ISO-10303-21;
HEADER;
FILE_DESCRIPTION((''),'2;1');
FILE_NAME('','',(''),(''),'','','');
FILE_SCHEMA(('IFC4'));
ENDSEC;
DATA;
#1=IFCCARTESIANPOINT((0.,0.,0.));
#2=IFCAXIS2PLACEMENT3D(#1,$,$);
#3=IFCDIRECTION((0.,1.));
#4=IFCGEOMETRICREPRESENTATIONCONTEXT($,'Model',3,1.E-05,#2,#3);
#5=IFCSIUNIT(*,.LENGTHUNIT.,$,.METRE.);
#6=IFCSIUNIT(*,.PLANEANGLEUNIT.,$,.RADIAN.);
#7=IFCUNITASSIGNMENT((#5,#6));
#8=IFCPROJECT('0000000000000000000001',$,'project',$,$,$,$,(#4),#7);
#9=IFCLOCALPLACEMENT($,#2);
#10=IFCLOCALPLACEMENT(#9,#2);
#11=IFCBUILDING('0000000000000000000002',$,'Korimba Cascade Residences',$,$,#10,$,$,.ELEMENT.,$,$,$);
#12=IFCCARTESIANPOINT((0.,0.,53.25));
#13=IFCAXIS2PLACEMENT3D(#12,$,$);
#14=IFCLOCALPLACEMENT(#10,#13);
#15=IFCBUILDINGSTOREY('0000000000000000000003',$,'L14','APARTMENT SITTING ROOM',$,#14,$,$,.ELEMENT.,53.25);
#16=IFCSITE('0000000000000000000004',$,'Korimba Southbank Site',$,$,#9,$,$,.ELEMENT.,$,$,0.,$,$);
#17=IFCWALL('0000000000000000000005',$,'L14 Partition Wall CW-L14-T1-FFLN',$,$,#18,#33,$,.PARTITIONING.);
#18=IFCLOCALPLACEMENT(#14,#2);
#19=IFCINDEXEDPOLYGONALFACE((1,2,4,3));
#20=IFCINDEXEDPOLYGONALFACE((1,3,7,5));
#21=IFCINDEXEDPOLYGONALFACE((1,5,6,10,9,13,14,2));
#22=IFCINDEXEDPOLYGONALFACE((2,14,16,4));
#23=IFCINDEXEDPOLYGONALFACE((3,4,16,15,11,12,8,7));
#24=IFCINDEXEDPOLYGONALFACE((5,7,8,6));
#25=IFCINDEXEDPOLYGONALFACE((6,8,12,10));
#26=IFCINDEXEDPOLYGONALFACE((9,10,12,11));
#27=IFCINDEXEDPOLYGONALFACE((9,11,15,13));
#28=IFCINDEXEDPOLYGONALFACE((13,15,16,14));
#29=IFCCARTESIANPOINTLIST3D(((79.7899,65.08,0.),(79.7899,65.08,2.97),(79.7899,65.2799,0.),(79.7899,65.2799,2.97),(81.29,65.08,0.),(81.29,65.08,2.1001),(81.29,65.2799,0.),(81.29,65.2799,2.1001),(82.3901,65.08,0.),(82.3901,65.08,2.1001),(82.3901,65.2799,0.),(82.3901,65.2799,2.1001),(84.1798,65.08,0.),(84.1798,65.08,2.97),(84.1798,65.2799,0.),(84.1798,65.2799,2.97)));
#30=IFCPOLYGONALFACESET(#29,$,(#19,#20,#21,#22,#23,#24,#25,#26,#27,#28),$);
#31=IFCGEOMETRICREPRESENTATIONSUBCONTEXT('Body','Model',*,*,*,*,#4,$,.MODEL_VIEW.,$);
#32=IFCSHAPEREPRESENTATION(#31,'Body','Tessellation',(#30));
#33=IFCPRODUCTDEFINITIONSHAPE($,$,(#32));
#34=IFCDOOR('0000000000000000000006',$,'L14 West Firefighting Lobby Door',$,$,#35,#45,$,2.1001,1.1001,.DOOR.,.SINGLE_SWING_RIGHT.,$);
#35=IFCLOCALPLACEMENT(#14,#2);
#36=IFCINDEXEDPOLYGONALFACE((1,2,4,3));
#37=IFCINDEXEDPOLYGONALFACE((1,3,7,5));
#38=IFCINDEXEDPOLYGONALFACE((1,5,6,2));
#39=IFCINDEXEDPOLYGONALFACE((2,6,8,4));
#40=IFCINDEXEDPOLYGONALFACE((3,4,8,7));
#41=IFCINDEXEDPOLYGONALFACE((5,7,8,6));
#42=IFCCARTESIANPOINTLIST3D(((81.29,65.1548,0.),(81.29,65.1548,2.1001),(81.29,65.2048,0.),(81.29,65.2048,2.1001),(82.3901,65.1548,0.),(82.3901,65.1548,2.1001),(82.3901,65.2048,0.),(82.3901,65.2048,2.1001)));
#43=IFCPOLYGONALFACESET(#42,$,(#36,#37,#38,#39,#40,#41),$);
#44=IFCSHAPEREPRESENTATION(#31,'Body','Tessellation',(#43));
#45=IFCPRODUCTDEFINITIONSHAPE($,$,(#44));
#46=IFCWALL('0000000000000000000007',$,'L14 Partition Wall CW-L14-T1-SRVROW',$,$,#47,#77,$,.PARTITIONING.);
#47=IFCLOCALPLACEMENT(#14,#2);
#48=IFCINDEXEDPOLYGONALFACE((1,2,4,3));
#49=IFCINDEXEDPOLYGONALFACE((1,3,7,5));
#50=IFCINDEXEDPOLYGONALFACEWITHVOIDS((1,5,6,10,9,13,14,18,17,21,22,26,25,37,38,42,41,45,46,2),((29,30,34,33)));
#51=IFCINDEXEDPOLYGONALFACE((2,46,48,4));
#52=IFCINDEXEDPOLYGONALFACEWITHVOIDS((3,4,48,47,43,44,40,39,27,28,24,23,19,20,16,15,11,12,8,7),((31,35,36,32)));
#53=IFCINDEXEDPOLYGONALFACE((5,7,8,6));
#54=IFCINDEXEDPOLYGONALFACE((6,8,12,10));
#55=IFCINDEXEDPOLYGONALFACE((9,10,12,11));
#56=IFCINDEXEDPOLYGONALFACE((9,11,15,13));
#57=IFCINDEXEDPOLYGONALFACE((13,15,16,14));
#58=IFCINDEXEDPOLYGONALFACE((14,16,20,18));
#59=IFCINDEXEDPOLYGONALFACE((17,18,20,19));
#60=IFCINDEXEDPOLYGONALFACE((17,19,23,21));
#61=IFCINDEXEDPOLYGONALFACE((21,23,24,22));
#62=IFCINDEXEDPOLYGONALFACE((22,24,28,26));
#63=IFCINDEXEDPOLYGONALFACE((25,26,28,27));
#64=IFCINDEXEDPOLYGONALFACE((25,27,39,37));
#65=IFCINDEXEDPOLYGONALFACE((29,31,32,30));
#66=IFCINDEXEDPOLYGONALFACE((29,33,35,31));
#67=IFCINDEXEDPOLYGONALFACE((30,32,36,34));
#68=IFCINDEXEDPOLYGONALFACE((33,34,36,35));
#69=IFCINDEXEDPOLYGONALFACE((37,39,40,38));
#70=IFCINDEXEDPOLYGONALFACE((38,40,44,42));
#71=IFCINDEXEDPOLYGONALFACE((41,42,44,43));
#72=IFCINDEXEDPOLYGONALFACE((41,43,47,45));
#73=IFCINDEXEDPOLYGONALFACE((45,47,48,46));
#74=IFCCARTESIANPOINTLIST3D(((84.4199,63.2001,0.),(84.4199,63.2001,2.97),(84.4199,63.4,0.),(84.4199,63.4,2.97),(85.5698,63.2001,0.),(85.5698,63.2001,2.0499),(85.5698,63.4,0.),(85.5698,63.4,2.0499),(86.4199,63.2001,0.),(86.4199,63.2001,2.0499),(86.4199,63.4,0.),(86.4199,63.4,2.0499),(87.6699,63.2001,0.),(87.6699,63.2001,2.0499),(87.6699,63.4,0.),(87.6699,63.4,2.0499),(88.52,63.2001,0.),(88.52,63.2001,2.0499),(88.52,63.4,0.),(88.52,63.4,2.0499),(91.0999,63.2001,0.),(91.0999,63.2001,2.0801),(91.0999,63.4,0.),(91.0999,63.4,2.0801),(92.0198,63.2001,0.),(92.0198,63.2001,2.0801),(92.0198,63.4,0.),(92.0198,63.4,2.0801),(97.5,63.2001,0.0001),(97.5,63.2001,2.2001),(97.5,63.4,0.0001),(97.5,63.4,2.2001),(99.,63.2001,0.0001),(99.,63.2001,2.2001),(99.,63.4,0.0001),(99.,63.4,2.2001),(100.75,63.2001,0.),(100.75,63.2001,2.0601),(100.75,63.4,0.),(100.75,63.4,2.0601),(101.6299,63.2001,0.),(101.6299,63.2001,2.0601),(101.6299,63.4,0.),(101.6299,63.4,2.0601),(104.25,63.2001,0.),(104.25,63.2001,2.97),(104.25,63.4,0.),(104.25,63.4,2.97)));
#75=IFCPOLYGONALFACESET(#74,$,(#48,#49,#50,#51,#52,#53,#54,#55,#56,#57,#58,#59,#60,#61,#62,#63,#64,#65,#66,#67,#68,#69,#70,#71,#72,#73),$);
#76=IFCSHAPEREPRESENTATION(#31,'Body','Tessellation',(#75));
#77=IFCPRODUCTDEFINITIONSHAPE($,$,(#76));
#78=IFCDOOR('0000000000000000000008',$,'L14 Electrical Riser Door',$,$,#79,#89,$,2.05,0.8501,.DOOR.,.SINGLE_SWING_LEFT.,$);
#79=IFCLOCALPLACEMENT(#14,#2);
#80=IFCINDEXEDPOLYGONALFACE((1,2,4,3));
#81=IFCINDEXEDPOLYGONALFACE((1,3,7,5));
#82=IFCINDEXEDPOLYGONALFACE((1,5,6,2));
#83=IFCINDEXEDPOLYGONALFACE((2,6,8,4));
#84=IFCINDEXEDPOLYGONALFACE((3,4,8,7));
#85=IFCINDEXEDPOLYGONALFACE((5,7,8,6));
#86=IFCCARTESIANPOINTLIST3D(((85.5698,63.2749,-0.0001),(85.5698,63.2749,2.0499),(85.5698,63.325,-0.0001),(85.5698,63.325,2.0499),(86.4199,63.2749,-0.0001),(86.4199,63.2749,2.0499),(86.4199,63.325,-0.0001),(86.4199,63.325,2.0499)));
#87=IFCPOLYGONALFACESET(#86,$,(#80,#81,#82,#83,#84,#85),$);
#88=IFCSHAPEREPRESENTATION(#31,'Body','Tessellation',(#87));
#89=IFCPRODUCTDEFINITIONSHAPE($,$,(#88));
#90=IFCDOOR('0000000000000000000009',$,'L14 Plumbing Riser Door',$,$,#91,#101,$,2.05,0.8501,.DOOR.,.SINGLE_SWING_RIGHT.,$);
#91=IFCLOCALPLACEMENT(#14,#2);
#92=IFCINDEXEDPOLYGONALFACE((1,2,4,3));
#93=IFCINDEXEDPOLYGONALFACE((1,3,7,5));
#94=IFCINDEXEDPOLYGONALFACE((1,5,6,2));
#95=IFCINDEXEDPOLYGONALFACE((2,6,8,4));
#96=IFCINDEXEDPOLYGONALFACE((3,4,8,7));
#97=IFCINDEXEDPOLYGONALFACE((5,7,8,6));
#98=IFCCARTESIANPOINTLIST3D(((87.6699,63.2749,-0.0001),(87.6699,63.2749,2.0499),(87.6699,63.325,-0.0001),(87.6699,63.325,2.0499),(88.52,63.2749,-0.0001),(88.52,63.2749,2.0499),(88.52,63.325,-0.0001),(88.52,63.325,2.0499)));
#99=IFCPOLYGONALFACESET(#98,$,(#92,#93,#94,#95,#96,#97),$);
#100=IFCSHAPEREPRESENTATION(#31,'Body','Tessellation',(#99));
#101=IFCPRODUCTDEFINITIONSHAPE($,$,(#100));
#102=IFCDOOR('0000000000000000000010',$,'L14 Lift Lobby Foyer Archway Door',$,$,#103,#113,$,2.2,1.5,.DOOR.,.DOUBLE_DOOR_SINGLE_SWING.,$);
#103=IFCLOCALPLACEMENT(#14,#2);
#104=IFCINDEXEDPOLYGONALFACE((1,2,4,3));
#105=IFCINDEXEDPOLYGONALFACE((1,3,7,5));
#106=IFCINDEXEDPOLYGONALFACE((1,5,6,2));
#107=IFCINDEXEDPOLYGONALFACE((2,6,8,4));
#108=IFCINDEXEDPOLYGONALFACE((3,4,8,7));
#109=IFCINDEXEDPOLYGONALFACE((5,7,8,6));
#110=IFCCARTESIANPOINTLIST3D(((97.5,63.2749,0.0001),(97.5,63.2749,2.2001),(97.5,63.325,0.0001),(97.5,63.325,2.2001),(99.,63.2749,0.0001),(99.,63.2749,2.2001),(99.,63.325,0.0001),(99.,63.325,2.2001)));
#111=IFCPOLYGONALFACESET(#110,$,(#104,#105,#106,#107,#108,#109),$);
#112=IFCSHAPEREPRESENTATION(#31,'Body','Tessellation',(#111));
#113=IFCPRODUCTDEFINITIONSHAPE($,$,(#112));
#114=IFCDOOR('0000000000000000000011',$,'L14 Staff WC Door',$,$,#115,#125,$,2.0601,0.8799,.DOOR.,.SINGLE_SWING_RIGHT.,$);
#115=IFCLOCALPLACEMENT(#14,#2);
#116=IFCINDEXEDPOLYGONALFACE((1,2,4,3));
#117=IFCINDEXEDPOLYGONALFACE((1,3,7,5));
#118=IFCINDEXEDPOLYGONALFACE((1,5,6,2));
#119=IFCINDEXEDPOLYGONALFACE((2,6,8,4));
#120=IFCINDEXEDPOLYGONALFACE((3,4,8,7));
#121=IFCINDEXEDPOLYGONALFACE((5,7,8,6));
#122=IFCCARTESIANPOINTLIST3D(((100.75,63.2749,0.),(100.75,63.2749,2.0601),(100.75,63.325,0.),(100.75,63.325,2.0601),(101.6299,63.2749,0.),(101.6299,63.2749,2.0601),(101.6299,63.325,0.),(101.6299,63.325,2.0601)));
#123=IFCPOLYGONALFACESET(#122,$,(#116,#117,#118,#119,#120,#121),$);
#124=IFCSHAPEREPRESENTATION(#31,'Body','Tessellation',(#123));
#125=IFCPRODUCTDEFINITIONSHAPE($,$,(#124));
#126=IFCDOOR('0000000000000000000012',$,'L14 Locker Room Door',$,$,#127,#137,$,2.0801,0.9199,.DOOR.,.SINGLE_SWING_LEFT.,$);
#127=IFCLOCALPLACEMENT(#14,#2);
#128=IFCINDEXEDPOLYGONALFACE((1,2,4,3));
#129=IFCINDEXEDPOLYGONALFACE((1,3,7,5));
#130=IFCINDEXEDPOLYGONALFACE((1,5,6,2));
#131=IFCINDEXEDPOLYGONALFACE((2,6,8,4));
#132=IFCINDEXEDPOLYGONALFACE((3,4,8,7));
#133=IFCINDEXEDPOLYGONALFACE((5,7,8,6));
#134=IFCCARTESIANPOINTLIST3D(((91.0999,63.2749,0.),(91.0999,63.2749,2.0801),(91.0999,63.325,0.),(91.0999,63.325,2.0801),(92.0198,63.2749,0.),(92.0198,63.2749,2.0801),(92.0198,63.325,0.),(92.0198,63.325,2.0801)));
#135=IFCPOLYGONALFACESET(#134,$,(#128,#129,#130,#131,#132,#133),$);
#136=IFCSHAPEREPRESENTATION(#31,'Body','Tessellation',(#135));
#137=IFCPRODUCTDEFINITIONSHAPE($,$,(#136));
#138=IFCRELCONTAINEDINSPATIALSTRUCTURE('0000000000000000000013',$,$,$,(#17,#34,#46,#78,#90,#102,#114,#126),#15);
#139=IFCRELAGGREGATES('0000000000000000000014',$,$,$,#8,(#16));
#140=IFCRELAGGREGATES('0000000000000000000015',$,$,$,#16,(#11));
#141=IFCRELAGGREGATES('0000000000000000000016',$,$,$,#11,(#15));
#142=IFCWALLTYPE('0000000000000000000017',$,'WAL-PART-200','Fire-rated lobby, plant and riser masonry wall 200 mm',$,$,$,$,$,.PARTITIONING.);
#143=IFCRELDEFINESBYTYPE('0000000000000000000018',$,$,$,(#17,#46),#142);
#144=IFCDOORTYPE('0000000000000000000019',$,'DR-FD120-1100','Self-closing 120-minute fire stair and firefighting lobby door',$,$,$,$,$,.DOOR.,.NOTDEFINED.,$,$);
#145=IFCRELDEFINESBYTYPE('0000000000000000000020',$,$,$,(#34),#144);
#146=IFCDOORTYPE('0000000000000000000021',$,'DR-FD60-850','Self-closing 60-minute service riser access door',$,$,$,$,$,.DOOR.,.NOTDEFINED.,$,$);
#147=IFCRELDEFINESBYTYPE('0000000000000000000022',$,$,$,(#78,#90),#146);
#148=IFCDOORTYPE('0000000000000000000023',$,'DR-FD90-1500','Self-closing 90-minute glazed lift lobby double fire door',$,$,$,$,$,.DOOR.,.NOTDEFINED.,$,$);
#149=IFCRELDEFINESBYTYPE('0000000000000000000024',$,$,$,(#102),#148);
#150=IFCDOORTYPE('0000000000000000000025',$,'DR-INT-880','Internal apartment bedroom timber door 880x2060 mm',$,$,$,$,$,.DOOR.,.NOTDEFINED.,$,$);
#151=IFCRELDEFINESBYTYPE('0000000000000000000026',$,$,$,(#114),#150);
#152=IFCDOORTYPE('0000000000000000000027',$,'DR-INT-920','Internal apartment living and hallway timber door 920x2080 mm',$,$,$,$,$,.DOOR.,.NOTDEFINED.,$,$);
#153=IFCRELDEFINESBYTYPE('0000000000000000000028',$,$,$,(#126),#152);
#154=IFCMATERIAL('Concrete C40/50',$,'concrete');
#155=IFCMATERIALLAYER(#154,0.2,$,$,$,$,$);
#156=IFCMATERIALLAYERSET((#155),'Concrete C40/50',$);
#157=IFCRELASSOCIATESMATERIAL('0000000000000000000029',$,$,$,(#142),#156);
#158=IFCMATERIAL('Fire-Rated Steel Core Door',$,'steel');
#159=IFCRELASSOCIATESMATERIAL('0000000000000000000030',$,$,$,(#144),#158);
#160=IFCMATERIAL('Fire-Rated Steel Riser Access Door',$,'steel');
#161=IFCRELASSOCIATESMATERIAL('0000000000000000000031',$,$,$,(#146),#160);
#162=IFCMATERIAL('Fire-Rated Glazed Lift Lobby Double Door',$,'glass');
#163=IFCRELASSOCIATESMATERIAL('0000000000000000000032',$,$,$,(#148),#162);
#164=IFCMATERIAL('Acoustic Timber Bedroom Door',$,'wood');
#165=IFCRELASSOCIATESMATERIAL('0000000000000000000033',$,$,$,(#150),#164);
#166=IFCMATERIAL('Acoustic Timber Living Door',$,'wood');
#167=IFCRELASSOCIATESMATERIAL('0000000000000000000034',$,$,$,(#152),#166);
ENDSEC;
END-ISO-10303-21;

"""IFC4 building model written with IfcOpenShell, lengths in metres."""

from ifc_helpers import new_model, si_unit, direction, frame, frame_2d, origin, place, context, subcontext, project, spatial, rectangle, extrude, material, layer, layer_set, type_object, element, fill, save


model = new_model("IFC4")

# Units and contexts
model_context = context("Model", 3, precision=1e-05, world=origin(), true_north=direction((0.0, 1.0)))
body_context = subcontext(model_context, "Body", "Model", "MODEL_VIEW")
ifc_project = project(units=[si_unit("LENGTHUNIT", "METRE"), si_unit("PLANEANGLEUNIT", "RADIAN")], contexts=[model_context])

# Site, building, storey
site_placement = place(None, origin())
site = spatial("IfcSite", under=ifc_project, at=site_placement, Name="Korimba Southbank Site", CompositionType="ELEMENT", RefElevation=0.0)
building_placement = place(site_placement, origin())
building = spatial("IfcBuilding", under=site, at=building_placement, Name="Korimba Cascade Residences", CompositionType="ELEMENT")
storey_placement = place(building_placement, frame((0.0, 0.0, 53.25)))
storey = spatial("IfcBuildingStorey", under=building, at=storey_placement, Name="L14", Description="APARTMENT SITTING ROOM", CompositionType="ELEMENT", Elevation=53.25)

# Wall, opening, door
ifc_material_1 = material(Name="Concrete C40/50", Category="concrete")
ifc_layer_1 = layer(ifc_material_1, 0.2)
ifc_layer_set_1 = layer_set([ifc_layer_1], Name="Concrete C40/50")
wall_type_1 = type_object("IfcWallType", Name="WAL-PART-200", Description="Fire-rated lobby, plant and riser masonry wall 200 mm", PredefinedType="PARTITIONING", material=ifc_layer_set_1)
wall_1_placement = place(storey_placement, frame((79.79, 65.1799, 0.0), z_axis=(0.0, 0.0, 1.0), x_axis=(1.0, 0.0, 0.0)))
wall_1 = element("IfcWall", 1, at=wall_1_placement, inside=storey, type_object=wall_type_1, Name="L14 Partition Wall CW-L14-T1-FFLN", PredefinedType="PARTITIONING", context=body_context, shape_type="SweptSolid", body=[
    extrude(rectangle(XDim=4.3899, YDim=0.2, at=frame_2d((2.1948, 0.0))), origin(), (0.0, 0.0, 1.0), 2.97),
])
opening_1_placement = place(wall_1_placement, frame((1.5, 0.0, 0.0)))
opening_1 = element("IfcOpeningElement", 2, at=opening_1_placement, cuts=wall_1, PredefinedType="OPENING", context=body_context, shape_type="SweptSolid", body=[
    extrude(rectangle(XDim=1.1001, YDim=2.1001, at=frame_2d((0.55, 1.05))), frame((0.0, 0.1099, 0.0), z_axis=(0.0, -1.0, 0.0), x_axis=(1.0, 0.0, 0.0)), (0.0, 0.0, 1.0), 0.22),
])
ifc_material_2 = material(Name="Fire-Rated Steel Core Door", Category="steel")
door_type_1 = type_object("IfcDoorType", Name="DR-FD120-1100", Description="Self-closing 120-minute fire stair and firefighting lobby door", OperationType="NOTDEFINED", PredefinedType="DOOR", material=ifc_material_2)
door_1_placement = place(opening_1_placement, origin())
door_1 = element("IfcDoor", 3, at=door_1_placement, inside=storey, type_object=door_type_1, Name="L14 West Firefighting Lobby Door", OperationType="SINGLE_SWING_RIGHT", OverallHeight=2.1001, OverallWidth=1.1001, PredefinedType="DOOR", context=body_context, shape_type="SweptSolid", body=[
    extrude(rectangle(XDim=1.1001, YDim=2.1001, at=frame_2d((0.55, 1.05))), frame((0.0, 0.0249, 0.0), z_axis=(0.0, -1.0, 0.0), x_axis=(1.0, 0.0, 0.0)), (0.0, 0.0, 1.0), 0.05),
])
fill(opening_1, door_1)

# Wall, openings, doors
wall_2_placement = place(storey_placement, frame((84.4199, 63.3, 0.0), z_axis=(0.0, 0.0, 1.0), x_axis=(1.0, 0.0, 0.0)))
wall_2 = element("IfcWall", 4, at=wall_2_placement, inside=storey, type_object=wall_type_1, Name="L14 Partition Wall CW-L14-T1-SRVROW", PredefinedType="PARTITIONING", context=body_context, shape_type="SweptSolid", body=[
    extrude(rectangle(XDim=19.8301, YDim=0.2, at=frame_2d((9.915, 0.0))), origin(), (0.0, 0.0, 1.0), 2.97),
])
opening_2_placement = place(wall_2_placement, frame((1.1499, 0.0, 0.0)))
opening_2 = element("IfcOpeningElement", 5, at=opening_2_placement, cuts=wall_2, PredefinedType="OPENING", context=body_context, shape_type="SweptSolid", body=[
    extrude(rectangle(XDim=0.8501, YDim=2.05, at=frame_2d((0.425, 1.0249))), frame((0.0, 0.1099, 0.0), z_axis=(0.0, -1.0, 0.0), x_axis=(1.0, 0.0, 0.0)), (0.0, 0.0, 1.0), 0.22),
])
opening_3_placement = place(wall_2_placement, frame((3.25, 0.0, 0.0)))
opening_3 = element("IfcOpeningElement", 6, at=opening_3_placement, cuts=wall_2, PredefinedType="OPENING", context=body_context, shape_type="SweptSolid", body=[
    extrude(rectangle(XDim=0.8501, YDim=2.05, at=frame_2d((0.425, 1.0249))), frame((0.0, 0.1099, 0.0), z_axis=(0.0, -1.0, 0.0), x_axis=(1.0, 0.0, 0.0)), (0.0, 0.0, 1.0), 0.22),
])
opening_4_placement = place(wall_2_placement, frame((13.0801, 0.0, 0.0)))
opening_4 = element("IfcOpeningElement", 7, at=opening_4_placement, cuts=wall_2, PredefinedType="OPENING", context=body_context, shape_type="SweptSolid", body=[
    extrude(rectangle(XDim=1.5, YDim=2.2, at=frame_2d((0.75, 1.1001))), frame((0.0, 0.1099, 0.0), z_axis=(0.0, -1.0, 0.0), x_axis=(1.0, 0.0, 0.0)), (0.0, 0.0, 1.0), 0.22),
])
opening_5_placement = place(wall_2_placement, frame((6.6799, 0.0, 0.0)))
opening_5 = element("IfcOpeningElement", 8, at=opening_5_placement, cuts=wall_2, PredefinedType="OPENING", context=body_context, shape_type="SweptSolid", body=[
    extrude(rectangle(XDim=0.9199, YDim=2.0801, at=frame_2d((0.46, 1.04))), frame((0.0, 0.1099, 0.0), z_axis=(0.0, -1.0, 0.0), x_axis=(1.0, 0.0, 0.0)), (0.0, 0.0, 1.0), 0.22),
])
opening_6_placement = place(wall_2_placement, frame((16.3301, 0.0, 0.0)))
opening_6 = element("IfcOpeningElement", 9, at=opening_6_placement, cuts=wall_2, PredefinedType="OPENING", context=body_context, shape_type="SweptSolid", body=[
    extrude(rectangle(XDim=0.8799, YDim=2.0601, at=frame_2d((0.4399, 1.03))), frame((0.0, 0.1099, 0.0), z_axis=(0.0, -1.0, 0.0), x_axis=(1.0, 0.0, 0.0)), (0.0, 0.0, 1.0), 0.22),
])
ifc_material_3 = material(Name="Fire-Rated Steel Riser Access Door", Category="steel")
door_type_2 = type_object("IfcDoorType", Name="DR-FD60-850", Description="Self-closing 60-minute service riser access door", OperationType="NOTDEFINED", PredefinedType="DOOR", material=ifc_material_3)
door_2_placement = place(opening_2_placement, origin())
door_2 = element("IfcDoor", 10, at=door_2_placement, inside=storey, type_object=door_type_2, Name="L14 Electrical Riser Door", OperationType="SINGLE_SWING_LEFT", OverallHeight=2.05, OverallWidth=0.8501, PredefinedType="DOOR", context=body_context, shape_type="SweptSolid", body=[
    extrude(rectangle(XDim=0.8501, YDim=2.05, at=frame_2d((0.425, 1.0249))), frame((0.0, 0.0249, 0.0), z_axis=(0.0, -1.0, 0.0), x_axis=(1.0, 0.0, 0.0)), (0.0, 0.0, 1.0), 0.05),
])
fill(opening_2, door_2)
door_3_placement = place(opening_3_placement, origin())
door_3 = element("IfcDoor", 11, at=door_3_placement, inside=storey, type_object=door_type_2, Name="L14 Plumbing Riser Door", OperationType="SINGLE_SWING_RIGHT", OverallHeight=2.05, OverallWidth=0.8501, PredefinedType="DOOR", context=body_context, shape_type="SweptSolid", body=[
    extrude(rectangle(XDim=0.8501, YDim=2.05, at=frame_2d((0.425, 1.0249))), frame((0.0, 0.0249, 0.0), z_axis=(0.0, -1.0, 0.0), x_axis=(1.0, 0.0, 0.0)), (0.0, 0.0, 1.0), 0.05),
])
fill(opening_3, door_3)
ifc_material_4 = material(Name="Fire-Rated Glazed Lift Lobby Double Door", Category="glass")
door_type_3 = type_object("IfcDoorType", Name="DR-FD90-1500", Description="Self-closing 90-minute glazed lift lobby double fire door", OperationType="NOTDEFINED", PredefinedType="DOOR", material=ifc_material_4)
door_4_placement = place(opening_4_placement, origin())
door_4 = element("IfcDoor", 12, at=door_4_placement, inside=storey, type_object=door_type_3, Name="L14 Lift Lobby Foyer Archway Door", OperationType="DOUBLE_DOOR_SINGLE_SWING", OverallHeight=2.2, OverallWidth=1.5, PredefinedType="DOOR", context=body_context, shape_type="SweptSolid", body=[
    extrude(rectangle(XDim=1.5, YDim=2.2, at=frame_2d((0.75, 1.1001))), frame((0.0, 0.0249, 0.0), z_axis=(0.0, -1.0, 0.0), x_axis=(1.0, 0.0, 0.0)), (0.0, 0.0, 1.0), 0.05),
])
fill(opening_4, door_4)
ifc_material_5 = material(Name="Acoustic Timber Bedroom Door", Category="wood")
door_type_4 = type_object("IfcDoorType", Name="DR-INT-880", Description="Internal apartment bedroom timber door 880x2060 mm", OperationType="NOTDEFINED", PredefinedType="DOOR", material=ifc_material_5)
door_5_placement = place(opening_6_placement, origin())
door_5 = element("IfcDoor", 13, at=door_5_placement, inside=storey, type_object=door_type_4, Name="L14 Staff WC Door", OperationType="SINGLE_SWING_RIGHT", OverallHeight=2.0601, OverallWidth=0.8799, PredefinedType="DOOR", context=body_context, shape_type="SweptSolid", body=[
    extrude(rectangle(XDim=0.8799, YDim=2.0601, at=frame_2d((0.4399, 1.03))), frame((0.0, 0.0249, 0.0), z_axis=(0.0, -1.0, 0.0), x_axis=(1.0, 0.0, 0.0)), (0.0, 0.0, 1.0), 0.05),
])
fill(opening_6, door_5)
ifc_material_6 = material(Name="Acoustic Timber Living Door", Category="wood")
door_type_5 = type_object("IfcDoorType", Name="DR-INT-920", Description="Internal apartment living and hallway timber door 920x2080 mm", OperationType="NOTDEFINED", PredefinedType="DOOR", material=ifc_material_6)
door_6_placement = place(opening_5_placement, origin())
door_6 = element("IfcDoor", 14, at=door_6_placement, inside=storey, type_object=door_type_5, Name="L14 Locker Room Door", OperationType="SINGLE_SWING_LEFT", OverallHeight=2.0801, OverallWidth=0.9199, PredefinedType="DOOR", context=body_context, shape_type="SweptSolid", body=[
    extrude(rectangle(XDim=0.9199, YDim=2.0801, at=frame_2d((0.46, 1.04))), frame((0.0, 0.0249, 0.0), z_axis=(0.0, -1.0, 0.0), x_axis=(1.0, 0.0, 0.0)), (0.0, 0.0, 1.0), 0.05),
])
fill(opening_5, door_6)

save(model, "model.ifc")
